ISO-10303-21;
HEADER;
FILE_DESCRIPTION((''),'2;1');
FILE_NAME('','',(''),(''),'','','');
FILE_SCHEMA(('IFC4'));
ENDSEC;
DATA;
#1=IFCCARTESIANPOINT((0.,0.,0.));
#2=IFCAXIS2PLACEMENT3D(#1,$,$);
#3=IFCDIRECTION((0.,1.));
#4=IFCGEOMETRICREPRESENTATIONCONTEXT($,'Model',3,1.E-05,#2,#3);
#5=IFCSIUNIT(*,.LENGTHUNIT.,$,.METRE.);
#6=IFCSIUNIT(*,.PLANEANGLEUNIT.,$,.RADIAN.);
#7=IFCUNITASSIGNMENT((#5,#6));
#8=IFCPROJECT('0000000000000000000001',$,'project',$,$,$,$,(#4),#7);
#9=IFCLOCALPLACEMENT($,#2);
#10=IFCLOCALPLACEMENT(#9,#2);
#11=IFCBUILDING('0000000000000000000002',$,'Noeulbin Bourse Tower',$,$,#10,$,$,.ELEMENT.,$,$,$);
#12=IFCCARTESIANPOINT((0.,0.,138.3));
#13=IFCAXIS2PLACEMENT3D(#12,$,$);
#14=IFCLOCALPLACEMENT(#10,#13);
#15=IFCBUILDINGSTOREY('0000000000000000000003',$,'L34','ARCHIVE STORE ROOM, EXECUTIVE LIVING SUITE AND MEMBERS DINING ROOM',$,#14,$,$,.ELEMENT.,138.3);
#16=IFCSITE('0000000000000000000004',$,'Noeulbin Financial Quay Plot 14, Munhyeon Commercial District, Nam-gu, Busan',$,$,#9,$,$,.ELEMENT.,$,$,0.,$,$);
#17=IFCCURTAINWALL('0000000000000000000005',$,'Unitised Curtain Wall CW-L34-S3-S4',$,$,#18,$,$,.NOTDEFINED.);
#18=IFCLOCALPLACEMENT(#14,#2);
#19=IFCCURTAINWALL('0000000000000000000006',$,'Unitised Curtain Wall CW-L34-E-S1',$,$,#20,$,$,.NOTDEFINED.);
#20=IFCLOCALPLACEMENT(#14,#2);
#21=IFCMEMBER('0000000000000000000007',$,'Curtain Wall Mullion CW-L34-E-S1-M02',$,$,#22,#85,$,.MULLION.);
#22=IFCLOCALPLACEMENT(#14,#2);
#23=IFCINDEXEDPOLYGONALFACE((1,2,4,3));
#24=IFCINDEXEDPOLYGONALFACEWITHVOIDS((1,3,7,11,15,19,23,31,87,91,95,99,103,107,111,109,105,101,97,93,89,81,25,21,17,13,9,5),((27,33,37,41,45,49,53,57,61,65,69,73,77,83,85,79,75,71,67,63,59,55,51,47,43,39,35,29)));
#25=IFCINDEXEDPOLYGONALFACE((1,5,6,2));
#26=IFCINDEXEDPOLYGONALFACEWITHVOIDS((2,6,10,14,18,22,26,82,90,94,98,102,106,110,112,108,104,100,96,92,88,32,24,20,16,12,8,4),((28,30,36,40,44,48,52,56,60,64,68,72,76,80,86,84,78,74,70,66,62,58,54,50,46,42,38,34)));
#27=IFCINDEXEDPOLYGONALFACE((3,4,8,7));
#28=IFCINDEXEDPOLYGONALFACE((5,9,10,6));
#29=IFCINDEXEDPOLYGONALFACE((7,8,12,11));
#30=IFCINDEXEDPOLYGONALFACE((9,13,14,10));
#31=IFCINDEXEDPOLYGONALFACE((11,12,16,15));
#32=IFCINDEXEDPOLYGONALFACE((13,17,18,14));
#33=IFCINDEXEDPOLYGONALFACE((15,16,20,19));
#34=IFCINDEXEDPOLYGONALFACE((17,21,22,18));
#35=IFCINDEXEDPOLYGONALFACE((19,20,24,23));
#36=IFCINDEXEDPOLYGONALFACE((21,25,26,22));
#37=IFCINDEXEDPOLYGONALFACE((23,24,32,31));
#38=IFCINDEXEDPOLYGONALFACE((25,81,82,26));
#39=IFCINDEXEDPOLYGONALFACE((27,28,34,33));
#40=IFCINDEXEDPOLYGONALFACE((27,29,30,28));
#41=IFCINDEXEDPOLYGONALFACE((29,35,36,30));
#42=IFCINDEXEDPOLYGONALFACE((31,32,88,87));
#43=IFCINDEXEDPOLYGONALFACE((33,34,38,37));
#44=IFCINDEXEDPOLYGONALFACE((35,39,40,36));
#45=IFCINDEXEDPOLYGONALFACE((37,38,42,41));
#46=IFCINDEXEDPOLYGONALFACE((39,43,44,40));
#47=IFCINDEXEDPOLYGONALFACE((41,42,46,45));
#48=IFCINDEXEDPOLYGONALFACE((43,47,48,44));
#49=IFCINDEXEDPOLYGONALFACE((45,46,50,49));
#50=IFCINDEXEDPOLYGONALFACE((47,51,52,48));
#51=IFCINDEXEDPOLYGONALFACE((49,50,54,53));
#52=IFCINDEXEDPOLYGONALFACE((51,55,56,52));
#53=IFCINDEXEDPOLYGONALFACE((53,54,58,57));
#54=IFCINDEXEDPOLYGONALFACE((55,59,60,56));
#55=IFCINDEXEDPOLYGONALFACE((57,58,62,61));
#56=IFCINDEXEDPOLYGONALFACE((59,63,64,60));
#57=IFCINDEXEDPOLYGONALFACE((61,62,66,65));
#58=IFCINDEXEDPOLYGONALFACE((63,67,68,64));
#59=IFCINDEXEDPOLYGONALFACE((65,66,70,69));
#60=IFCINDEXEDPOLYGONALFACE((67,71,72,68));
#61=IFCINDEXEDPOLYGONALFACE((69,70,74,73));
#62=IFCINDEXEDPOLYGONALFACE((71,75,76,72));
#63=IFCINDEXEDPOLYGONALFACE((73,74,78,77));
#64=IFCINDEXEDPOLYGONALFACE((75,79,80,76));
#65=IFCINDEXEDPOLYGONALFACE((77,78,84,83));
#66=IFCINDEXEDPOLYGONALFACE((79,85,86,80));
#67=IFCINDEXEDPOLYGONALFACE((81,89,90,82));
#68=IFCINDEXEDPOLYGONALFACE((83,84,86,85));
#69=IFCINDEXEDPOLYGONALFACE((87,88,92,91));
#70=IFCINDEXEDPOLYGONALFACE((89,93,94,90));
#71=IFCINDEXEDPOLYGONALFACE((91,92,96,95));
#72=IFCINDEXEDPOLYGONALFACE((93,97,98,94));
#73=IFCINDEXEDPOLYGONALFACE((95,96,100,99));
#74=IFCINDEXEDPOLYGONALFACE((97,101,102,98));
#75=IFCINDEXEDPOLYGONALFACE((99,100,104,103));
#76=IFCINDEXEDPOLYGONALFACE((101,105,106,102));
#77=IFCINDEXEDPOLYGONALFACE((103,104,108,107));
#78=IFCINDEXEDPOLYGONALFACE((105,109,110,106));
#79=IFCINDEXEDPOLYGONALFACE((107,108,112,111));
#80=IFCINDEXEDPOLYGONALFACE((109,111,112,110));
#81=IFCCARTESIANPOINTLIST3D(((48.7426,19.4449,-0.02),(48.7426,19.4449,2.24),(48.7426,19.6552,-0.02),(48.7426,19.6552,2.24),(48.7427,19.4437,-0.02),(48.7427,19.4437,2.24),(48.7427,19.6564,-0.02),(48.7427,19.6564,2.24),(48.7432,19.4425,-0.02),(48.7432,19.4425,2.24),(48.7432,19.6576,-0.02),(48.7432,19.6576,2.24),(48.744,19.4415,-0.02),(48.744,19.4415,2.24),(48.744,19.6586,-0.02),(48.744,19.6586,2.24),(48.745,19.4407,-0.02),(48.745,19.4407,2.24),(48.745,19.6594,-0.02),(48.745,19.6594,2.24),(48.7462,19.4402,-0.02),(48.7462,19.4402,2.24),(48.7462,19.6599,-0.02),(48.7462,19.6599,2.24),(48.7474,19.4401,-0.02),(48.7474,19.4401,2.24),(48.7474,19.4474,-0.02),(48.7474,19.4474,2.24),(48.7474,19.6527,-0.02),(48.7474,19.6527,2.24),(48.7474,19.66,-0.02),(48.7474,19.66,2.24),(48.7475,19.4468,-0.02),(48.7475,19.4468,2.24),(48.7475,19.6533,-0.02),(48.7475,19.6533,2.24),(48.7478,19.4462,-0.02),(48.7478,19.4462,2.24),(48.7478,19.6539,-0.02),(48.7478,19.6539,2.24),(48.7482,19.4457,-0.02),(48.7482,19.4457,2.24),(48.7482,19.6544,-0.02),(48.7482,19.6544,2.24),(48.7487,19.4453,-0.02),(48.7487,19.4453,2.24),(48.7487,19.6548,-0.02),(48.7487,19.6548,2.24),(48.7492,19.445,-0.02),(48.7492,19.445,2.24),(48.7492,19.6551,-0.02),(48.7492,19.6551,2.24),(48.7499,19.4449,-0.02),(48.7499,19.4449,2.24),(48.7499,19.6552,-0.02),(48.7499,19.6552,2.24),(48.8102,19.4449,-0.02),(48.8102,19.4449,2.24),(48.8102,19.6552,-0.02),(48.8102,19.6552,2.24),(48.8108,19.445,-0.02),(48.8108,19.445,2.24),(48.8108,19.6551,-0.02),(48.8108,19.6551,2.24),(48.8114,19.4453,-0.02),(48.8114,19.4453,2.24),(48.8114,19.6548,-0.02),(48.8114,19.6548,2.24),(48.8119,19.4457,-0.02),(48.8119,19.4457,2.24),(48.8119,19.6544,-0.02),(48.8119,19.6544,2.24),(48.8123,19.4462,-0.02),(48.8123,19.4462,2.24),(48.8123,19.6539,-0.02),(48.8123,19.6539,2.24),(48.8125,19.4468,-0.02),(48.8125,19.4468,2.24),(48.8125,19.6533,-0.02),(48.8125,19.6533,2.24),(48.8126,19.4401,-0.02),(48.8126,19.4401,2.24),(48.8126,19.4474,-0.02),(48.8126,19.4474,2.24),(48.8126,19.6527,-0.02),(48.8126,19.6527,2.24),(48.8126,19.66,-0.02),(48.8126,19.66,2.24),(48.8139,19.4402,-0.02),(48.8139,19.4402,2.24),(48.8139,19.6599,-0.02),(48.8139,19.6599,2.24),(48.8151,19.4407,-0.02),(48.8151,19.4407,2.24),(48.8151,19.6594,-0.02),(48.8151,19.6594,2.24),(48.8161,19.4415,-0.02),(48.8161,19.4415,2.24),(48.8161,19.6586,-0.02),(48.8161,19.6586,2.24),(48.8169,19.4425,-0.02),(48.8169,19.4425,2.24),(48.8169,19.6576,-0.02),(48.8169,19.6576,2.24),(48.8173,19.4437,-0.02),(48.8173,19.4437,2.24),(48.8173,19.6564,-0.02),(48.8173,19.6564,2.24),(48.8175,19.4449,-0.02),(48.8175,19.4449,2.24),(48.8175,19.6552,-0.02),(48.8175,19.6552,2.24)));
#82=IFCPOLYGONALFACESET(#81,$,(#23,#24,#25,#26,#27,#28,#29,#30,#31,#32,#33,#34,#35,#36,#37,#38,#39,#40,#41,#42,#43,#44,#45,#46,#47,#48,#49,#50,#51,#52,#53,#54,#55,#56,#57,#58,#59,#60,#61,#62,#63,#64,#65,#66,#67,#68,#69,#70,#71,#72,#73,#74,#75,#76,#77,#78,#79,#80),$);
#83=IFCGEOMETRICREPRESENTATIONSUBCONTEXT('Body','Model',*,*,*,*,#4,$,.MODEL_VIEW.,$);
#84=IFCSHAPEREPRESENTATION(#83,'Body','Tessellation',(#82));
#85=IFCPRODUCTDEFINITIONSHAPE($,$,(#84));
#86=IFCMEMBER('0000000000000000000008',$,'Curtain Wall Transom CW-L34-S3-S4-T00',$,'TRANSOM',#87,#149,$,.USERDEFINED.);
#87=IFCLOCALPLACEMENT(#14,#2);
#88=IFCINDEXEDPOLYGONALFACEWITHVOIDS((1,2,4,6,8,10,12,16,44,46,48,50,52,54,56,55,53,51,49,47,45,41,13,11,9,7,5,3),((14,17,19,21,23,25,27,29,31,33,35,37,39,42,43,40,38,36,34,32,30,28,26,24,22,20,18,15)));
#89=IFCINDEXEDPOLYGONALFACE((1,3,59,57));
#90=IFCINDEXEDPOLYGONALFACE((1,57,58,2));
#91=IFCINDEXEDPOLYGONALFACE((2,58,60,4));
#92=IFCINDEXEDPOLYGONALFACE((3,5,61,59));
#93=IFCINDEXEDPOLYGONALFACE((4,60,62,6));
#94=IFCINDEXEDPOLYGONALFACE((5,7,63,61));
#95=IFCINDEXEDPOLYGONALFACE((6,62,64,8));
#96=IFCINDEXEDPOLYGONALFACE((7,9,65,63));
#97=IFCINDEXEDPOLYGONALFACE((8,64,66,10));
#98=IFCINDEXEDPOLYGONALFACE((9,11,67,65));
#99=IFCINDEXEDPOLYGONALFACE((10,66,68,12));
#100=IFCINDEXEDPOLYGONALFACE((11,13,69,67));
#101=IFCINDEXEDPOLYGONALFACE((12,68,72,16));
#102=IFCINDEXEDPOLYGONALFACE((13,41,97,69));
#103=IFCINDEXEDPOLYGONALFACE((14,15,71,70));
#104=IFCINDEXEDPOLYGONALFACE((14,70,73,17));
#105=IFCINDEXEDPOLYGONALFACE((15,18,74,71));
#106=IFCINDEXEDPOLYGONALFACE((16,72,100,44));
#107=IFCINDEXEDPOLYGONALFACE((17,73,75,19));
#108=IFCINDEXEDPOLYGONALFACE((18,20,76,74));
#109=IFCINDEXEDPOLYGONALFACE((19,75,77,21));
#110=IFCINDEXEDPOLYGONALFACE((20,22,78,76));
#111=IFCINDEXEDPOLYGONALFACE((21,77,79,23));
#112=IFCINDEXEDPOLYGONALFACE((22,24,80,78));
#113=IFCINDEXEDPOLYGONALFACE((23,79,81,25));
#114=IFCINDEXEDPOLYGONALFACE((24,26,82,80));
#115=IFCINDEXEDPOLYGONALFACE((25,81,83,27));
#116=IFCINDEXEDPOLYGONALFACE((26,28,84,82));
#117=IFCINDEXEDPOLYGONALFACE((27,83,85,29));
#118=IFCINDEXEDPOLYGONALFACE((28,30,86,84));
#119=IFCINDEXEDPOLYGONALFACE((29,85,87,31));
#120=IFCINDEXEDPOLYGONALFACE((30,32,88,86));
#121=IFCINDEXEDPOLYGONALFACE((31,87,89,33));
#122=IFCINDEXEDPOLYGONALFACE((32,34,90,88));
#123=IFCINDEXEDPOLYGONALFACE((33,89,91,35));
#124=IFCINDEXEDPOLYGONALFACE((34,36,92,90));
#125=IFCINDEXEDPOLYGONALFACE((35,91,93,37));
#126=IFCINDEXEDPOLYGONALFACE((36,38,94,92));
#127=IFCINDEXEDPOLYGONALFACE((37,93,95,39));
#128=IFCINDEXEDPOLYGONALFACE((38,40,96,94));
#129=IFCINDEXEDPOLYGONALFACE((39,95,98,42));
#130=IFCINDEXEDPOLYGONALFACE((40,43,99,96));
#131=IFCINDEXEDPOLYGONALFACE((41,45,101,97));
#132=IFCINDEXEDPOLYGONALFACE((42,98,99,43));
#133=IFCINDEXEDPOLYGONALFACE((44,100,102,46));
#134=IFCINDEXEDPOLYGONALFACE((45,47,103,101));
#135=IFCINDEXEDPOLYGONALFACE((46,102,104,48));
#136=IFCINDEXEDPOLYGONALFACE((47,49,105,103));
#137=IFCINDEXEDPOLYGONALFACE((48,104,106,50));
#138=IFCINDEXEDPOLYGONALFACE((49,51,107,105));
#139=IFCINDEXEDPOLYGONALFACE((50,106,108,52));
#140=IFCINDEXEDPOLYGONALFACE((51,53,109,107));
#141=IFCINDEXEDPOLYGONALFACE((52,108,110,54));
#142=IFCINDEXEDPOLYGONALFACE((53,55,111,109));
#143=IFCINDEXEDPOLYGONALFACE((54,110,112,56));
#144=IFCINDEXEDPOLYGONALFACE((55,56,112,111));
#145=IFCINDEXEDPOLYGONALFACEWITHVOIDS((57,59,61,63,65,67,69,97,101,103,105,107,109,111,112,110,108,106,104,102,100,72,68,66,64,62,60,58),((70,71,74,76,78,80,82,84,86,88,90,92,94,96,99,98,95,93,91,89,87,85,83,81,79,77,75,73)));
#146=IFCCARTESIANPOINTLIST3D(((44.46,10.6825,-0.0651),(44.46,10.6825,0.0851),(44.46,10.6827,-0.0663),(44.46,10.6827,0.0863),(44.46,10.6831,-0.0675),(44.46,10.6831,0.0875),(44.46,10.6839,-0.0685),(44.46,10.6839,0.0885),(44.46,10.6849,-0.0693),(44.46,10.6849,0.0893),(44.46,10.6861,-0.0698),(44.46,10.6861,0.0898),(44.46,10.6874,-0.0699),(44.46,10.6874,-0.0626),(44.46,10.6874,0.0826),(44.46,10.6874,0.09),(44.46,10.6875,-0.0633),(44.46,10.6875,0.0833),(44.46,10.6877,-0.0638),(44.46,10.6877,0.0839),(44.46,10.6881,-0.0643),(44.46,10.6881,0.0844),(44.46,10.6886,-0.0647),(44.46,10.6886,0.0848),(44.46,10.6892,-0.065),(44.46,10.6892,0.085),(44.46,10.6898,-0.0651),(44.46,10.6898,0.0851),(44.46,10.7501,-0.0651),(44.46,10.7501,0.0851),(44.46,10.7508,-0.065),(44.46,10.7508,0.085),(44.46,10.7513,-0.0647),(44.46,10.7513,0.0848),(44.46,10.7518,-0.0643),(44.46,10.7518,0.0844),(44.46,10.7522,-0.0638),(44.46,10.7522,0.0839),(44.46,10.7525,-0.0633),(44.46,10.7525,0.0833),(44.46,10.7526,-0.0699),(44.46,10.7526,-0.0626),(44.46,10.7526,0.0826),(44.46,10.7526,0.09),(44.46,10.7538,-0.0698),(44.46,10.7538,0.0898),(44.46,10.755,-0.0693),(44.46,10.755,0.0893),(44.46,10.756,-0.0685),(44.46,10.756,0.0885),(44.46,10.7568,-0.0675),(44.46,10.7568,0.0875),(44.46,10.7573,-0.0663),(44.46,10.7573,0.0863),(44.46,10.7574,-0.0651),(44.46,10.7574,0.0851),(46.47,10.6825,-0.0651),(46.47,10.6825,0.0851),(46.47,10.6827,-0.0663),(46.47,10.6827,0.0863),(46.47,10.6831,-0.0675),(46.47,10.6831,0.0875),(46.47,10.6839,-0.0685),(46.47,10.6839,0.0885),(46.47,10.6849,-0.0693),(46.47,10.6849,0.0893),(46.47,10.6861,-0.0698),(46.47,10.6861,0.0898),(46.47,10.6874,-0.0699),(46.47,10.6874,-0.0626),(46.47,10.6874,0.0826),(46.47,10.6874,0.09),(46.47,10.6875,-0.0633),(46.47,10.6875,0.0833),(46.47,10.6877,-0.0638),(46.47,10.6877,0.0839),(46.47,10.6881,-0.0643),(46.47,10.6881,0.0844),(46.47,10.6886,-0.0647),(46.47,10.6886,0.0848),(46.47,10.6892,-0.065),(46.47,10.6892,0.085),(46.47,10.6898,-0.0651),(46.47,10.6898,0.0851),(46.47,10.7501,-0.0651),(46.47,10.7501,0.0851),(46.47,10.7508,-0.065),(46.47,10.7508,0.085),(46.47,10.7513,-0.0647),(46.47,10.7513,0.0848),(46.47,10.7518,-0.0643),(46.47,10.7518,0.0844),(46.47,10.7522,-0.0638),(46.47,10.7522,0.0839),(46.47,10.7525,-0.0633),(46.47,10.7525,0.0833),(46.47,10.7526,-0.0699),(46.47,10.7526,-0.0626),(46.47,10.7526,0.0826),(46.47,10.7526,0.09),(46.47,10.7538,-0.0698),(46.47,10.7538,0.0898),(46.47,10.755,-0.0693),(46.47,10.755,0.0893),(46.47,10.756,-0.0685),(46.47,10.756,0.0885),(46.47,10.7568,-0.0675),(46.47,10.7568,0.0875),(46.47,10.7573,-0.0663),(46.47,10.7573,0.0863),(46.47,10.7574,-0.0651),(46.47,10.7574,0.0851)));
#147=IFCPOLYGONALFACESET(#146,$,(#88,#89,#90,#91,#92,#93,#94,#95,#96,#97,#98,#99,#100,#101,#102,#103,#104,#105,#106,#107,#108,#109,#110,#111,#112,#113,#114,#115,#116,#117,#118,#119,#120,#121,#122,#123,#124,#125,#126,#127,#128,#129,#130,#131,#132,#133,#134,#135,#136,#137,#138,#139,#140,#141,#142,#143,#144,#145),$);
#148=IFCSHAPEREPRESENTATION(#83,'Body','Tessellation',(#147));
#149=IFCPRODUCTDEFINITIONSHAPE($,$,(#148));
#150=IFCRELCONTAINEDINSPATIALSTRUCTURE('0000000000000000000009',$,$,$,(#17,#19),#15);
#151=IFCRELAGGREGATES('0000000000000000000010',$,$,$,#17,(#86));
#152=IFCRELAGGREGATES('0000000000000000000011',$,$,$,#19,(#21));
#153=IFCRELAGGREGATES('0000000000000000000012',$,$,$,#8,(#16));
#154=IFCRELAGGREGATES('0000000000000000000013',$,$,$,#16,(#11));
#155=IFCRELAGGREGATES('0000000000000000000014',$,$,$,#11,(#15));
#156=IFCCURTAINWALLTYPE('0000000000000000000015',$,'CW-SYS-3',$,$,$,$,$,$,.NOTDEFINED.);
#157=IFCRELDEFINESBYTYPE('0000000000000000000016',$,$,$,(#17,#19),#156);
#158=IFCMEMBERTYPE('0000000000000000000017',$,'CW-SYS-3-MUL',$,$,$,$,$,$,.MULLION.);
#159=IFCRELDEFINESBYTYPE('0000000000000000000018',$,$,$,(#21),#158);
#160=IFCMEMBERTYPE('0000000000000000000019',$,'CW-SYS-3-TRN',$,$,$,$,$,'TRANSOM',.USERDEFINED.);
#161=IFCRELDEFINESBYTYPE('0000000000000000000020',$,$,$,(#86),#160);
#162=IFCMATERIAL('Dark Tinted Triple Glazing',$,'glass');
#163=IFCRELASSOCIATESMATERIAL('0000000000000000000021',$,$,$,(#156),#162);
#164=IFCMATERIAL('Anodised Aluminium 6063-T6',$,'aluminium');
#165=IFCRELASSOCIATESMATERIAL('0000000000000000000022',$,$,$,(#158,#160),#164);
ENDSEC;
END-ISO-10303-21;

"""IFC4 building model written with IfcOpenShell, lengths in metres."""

from ifc_helpers import new_model, si_unit, direction, frame, origin, origin_2d, place, context, subcontext, project, spatial, hollow_rectangle, extrude, material, material_profile, profile_set, type_object, element, aggregate, save


model = new_model("IFC4")

# Units and contexts
model_context = context("Model", 3, precision=1e-05, world=origin(), true_north=direction((0.0, 1.0)))
body_context = subcontext(model_context, "Body", "Model", "MODEL_VIEW")
ifc_project = project(units=[si_unit("LENGTHUNIT", "METRE"), si_unit("PLANEANGLEUNIT", "RADIAN")], contexts=[model_context])

# Site, building, storey
site_placement = place(None, origin())
site = spatial("IfcSite", under=ifc_project, at=site_placement, Name="Noeulbin Financial Quay Plot 14, Munhyeon Commercial District, Nam-gu, Busan", CompositionType="ELEMENT", RefElevation=0.0)
building_placement = place(site_placement, origin())
building = spatial("IfcBuilding", under=site, at=building_placement, Name="Noeulbin Bourse Tower", CompositionType="ELEMENT")
storey_placement = place(building_placement, frame((0.0, 0.0, 138.3)))
storey = spatial("IfcBuildingStorey", under=building, at=storey_placement, Name="L34", Description="ARCHIVE STORE ROOM, EXECUTIVE LIVING SUITE AND MEMBERS DINING ROOM", CompositionType="ELEMENT", Elevation=138.3)

# Curtain walls, member
ifc_material_1 = material(Name="Dark Tinted Triple Glazing", Category="glass")
curtain_wall_type = type_object("IfcCurtainWallType", Name="CW-SYS-3", PredefinedType="NOTDEFINED", material=ifc_material_1)
curtain_wall_1_placement = place(storey_placement, origin())
curtain_wall_1 = element("IfcCurtainWall", 1, at=curtain_wall_1_placement, inside=storey, type_object=curtain_wall_type, Name="Unitised Curtain Wall CW-L34-S3-S4", PredefinedType="NOTDEFINED")
ifc_material_2 = material(Name="Anodised Aluminium 6063-T6", Category="aluminium")
ifc_material_profile_1 = material_profile(ifc_material_2, hollow_rectangle(XDim=0.075, YDim=0.22, WallThickness=0.0049, InnerFilletRadius=0.0024, OuterFilletRadius=0.0049, at=origin_2d()), Name="ALU-MULL-75x220x5", Category="LoadBearing")
ifc_profile_set_1 = profile_set([ifc_material_profile_1], Name="Anodised Aluminium 6063-T6")
member_type_1 = type_object("IfcMemberType", Name="CW-SYS-3-MUL", PredefinedType="MULLION", material=ifc_profile_set_1)
curtain_wall_2_placement = place(storey_placement, origin())
curtain_wall_2 = element("IfcCurtainWall", 2, at=curtain_wall_2_placement, inside=storey, type_object=curtain_wall_type, Name="Unitised Curtain Wall CW-L34-E-S1", PredefinedType="NOTDEFINED")
member_1_placement = place(storey_placement, frame((48.78, 19.55, -0.02), z_axis=(0.0, 0.0, 1.0), x_axis=(1.0, 0.0, 0.0)))
member_1 = element("IfcMember", 3, at=member_1_placement, type_object=member_type_1, Name="Curtain Wall Mullion CW-L34-E-S1-M02", PredefinedType="MULLION", context=body_context, shape_type="SweptSolid", body=[
    extrude(hollow_rectangle(XDim=0.075, YDim=0.22, WallThickness=0.0049, InnerFilletRadius=0.0024, OuterFilletRadius=0.0049, at=origin_2d()), origin(), (0.0, 0.0, 1.0), 2.26),
])

# Member
ifc_material_profile_2 = material_profile(ifc_material_2, hollow_rectangle(XDim=0.075, YDim=0.1599, WallThickness=0.0049, InnerFilletRadius=0.0024, OuterFilletRadius=0.0049, at=origin_2d()), Name="ALU-TRAN-75x160x5", Category="LoadBearing")
ifc_profile_set_2 = profile_set([ifc_material_profile_2], Name="Anodised Aluminium 6063-T6")
member_type_2 = type_object("IfcMemberType", Name="CW-SYS-3-TRN", ElementType="TRANSOM", PredefinedType="USERDEFINED", material=ifc_profile_set_2)
member_2_placement = place(storey_placement, frame((44.46, 10.72, 0.01), z_axis=(1.0, 0.0, 0.0), x_axis=(0.0, 1.0, 0.0)))
member_2 = element("IfcMember", 4, at=member_2_placement, type_object=member_type_2, Name="Curtain Wall Transom CW-L34-S3-S4-T00", ObjectType="TRANSOM", PredefinedType="USERDEFINED", context=body_context, shape_type="SweptSolid", body=[
    extrude(hollow_rectangle(XDim=0.075, YDim=0.1599, WallThickness=0.0049, InnerFilletRadius=0.0024, OuterFilletRadius=0.0049, at=origin_2d()), origin(), (0.0, 0.0, 1.0), 2.01),
])

aggregate(curtain_wall_1, [member_2])
aggregate(curtain_wall_2, [member_1])

save(model, "model.ifc")
